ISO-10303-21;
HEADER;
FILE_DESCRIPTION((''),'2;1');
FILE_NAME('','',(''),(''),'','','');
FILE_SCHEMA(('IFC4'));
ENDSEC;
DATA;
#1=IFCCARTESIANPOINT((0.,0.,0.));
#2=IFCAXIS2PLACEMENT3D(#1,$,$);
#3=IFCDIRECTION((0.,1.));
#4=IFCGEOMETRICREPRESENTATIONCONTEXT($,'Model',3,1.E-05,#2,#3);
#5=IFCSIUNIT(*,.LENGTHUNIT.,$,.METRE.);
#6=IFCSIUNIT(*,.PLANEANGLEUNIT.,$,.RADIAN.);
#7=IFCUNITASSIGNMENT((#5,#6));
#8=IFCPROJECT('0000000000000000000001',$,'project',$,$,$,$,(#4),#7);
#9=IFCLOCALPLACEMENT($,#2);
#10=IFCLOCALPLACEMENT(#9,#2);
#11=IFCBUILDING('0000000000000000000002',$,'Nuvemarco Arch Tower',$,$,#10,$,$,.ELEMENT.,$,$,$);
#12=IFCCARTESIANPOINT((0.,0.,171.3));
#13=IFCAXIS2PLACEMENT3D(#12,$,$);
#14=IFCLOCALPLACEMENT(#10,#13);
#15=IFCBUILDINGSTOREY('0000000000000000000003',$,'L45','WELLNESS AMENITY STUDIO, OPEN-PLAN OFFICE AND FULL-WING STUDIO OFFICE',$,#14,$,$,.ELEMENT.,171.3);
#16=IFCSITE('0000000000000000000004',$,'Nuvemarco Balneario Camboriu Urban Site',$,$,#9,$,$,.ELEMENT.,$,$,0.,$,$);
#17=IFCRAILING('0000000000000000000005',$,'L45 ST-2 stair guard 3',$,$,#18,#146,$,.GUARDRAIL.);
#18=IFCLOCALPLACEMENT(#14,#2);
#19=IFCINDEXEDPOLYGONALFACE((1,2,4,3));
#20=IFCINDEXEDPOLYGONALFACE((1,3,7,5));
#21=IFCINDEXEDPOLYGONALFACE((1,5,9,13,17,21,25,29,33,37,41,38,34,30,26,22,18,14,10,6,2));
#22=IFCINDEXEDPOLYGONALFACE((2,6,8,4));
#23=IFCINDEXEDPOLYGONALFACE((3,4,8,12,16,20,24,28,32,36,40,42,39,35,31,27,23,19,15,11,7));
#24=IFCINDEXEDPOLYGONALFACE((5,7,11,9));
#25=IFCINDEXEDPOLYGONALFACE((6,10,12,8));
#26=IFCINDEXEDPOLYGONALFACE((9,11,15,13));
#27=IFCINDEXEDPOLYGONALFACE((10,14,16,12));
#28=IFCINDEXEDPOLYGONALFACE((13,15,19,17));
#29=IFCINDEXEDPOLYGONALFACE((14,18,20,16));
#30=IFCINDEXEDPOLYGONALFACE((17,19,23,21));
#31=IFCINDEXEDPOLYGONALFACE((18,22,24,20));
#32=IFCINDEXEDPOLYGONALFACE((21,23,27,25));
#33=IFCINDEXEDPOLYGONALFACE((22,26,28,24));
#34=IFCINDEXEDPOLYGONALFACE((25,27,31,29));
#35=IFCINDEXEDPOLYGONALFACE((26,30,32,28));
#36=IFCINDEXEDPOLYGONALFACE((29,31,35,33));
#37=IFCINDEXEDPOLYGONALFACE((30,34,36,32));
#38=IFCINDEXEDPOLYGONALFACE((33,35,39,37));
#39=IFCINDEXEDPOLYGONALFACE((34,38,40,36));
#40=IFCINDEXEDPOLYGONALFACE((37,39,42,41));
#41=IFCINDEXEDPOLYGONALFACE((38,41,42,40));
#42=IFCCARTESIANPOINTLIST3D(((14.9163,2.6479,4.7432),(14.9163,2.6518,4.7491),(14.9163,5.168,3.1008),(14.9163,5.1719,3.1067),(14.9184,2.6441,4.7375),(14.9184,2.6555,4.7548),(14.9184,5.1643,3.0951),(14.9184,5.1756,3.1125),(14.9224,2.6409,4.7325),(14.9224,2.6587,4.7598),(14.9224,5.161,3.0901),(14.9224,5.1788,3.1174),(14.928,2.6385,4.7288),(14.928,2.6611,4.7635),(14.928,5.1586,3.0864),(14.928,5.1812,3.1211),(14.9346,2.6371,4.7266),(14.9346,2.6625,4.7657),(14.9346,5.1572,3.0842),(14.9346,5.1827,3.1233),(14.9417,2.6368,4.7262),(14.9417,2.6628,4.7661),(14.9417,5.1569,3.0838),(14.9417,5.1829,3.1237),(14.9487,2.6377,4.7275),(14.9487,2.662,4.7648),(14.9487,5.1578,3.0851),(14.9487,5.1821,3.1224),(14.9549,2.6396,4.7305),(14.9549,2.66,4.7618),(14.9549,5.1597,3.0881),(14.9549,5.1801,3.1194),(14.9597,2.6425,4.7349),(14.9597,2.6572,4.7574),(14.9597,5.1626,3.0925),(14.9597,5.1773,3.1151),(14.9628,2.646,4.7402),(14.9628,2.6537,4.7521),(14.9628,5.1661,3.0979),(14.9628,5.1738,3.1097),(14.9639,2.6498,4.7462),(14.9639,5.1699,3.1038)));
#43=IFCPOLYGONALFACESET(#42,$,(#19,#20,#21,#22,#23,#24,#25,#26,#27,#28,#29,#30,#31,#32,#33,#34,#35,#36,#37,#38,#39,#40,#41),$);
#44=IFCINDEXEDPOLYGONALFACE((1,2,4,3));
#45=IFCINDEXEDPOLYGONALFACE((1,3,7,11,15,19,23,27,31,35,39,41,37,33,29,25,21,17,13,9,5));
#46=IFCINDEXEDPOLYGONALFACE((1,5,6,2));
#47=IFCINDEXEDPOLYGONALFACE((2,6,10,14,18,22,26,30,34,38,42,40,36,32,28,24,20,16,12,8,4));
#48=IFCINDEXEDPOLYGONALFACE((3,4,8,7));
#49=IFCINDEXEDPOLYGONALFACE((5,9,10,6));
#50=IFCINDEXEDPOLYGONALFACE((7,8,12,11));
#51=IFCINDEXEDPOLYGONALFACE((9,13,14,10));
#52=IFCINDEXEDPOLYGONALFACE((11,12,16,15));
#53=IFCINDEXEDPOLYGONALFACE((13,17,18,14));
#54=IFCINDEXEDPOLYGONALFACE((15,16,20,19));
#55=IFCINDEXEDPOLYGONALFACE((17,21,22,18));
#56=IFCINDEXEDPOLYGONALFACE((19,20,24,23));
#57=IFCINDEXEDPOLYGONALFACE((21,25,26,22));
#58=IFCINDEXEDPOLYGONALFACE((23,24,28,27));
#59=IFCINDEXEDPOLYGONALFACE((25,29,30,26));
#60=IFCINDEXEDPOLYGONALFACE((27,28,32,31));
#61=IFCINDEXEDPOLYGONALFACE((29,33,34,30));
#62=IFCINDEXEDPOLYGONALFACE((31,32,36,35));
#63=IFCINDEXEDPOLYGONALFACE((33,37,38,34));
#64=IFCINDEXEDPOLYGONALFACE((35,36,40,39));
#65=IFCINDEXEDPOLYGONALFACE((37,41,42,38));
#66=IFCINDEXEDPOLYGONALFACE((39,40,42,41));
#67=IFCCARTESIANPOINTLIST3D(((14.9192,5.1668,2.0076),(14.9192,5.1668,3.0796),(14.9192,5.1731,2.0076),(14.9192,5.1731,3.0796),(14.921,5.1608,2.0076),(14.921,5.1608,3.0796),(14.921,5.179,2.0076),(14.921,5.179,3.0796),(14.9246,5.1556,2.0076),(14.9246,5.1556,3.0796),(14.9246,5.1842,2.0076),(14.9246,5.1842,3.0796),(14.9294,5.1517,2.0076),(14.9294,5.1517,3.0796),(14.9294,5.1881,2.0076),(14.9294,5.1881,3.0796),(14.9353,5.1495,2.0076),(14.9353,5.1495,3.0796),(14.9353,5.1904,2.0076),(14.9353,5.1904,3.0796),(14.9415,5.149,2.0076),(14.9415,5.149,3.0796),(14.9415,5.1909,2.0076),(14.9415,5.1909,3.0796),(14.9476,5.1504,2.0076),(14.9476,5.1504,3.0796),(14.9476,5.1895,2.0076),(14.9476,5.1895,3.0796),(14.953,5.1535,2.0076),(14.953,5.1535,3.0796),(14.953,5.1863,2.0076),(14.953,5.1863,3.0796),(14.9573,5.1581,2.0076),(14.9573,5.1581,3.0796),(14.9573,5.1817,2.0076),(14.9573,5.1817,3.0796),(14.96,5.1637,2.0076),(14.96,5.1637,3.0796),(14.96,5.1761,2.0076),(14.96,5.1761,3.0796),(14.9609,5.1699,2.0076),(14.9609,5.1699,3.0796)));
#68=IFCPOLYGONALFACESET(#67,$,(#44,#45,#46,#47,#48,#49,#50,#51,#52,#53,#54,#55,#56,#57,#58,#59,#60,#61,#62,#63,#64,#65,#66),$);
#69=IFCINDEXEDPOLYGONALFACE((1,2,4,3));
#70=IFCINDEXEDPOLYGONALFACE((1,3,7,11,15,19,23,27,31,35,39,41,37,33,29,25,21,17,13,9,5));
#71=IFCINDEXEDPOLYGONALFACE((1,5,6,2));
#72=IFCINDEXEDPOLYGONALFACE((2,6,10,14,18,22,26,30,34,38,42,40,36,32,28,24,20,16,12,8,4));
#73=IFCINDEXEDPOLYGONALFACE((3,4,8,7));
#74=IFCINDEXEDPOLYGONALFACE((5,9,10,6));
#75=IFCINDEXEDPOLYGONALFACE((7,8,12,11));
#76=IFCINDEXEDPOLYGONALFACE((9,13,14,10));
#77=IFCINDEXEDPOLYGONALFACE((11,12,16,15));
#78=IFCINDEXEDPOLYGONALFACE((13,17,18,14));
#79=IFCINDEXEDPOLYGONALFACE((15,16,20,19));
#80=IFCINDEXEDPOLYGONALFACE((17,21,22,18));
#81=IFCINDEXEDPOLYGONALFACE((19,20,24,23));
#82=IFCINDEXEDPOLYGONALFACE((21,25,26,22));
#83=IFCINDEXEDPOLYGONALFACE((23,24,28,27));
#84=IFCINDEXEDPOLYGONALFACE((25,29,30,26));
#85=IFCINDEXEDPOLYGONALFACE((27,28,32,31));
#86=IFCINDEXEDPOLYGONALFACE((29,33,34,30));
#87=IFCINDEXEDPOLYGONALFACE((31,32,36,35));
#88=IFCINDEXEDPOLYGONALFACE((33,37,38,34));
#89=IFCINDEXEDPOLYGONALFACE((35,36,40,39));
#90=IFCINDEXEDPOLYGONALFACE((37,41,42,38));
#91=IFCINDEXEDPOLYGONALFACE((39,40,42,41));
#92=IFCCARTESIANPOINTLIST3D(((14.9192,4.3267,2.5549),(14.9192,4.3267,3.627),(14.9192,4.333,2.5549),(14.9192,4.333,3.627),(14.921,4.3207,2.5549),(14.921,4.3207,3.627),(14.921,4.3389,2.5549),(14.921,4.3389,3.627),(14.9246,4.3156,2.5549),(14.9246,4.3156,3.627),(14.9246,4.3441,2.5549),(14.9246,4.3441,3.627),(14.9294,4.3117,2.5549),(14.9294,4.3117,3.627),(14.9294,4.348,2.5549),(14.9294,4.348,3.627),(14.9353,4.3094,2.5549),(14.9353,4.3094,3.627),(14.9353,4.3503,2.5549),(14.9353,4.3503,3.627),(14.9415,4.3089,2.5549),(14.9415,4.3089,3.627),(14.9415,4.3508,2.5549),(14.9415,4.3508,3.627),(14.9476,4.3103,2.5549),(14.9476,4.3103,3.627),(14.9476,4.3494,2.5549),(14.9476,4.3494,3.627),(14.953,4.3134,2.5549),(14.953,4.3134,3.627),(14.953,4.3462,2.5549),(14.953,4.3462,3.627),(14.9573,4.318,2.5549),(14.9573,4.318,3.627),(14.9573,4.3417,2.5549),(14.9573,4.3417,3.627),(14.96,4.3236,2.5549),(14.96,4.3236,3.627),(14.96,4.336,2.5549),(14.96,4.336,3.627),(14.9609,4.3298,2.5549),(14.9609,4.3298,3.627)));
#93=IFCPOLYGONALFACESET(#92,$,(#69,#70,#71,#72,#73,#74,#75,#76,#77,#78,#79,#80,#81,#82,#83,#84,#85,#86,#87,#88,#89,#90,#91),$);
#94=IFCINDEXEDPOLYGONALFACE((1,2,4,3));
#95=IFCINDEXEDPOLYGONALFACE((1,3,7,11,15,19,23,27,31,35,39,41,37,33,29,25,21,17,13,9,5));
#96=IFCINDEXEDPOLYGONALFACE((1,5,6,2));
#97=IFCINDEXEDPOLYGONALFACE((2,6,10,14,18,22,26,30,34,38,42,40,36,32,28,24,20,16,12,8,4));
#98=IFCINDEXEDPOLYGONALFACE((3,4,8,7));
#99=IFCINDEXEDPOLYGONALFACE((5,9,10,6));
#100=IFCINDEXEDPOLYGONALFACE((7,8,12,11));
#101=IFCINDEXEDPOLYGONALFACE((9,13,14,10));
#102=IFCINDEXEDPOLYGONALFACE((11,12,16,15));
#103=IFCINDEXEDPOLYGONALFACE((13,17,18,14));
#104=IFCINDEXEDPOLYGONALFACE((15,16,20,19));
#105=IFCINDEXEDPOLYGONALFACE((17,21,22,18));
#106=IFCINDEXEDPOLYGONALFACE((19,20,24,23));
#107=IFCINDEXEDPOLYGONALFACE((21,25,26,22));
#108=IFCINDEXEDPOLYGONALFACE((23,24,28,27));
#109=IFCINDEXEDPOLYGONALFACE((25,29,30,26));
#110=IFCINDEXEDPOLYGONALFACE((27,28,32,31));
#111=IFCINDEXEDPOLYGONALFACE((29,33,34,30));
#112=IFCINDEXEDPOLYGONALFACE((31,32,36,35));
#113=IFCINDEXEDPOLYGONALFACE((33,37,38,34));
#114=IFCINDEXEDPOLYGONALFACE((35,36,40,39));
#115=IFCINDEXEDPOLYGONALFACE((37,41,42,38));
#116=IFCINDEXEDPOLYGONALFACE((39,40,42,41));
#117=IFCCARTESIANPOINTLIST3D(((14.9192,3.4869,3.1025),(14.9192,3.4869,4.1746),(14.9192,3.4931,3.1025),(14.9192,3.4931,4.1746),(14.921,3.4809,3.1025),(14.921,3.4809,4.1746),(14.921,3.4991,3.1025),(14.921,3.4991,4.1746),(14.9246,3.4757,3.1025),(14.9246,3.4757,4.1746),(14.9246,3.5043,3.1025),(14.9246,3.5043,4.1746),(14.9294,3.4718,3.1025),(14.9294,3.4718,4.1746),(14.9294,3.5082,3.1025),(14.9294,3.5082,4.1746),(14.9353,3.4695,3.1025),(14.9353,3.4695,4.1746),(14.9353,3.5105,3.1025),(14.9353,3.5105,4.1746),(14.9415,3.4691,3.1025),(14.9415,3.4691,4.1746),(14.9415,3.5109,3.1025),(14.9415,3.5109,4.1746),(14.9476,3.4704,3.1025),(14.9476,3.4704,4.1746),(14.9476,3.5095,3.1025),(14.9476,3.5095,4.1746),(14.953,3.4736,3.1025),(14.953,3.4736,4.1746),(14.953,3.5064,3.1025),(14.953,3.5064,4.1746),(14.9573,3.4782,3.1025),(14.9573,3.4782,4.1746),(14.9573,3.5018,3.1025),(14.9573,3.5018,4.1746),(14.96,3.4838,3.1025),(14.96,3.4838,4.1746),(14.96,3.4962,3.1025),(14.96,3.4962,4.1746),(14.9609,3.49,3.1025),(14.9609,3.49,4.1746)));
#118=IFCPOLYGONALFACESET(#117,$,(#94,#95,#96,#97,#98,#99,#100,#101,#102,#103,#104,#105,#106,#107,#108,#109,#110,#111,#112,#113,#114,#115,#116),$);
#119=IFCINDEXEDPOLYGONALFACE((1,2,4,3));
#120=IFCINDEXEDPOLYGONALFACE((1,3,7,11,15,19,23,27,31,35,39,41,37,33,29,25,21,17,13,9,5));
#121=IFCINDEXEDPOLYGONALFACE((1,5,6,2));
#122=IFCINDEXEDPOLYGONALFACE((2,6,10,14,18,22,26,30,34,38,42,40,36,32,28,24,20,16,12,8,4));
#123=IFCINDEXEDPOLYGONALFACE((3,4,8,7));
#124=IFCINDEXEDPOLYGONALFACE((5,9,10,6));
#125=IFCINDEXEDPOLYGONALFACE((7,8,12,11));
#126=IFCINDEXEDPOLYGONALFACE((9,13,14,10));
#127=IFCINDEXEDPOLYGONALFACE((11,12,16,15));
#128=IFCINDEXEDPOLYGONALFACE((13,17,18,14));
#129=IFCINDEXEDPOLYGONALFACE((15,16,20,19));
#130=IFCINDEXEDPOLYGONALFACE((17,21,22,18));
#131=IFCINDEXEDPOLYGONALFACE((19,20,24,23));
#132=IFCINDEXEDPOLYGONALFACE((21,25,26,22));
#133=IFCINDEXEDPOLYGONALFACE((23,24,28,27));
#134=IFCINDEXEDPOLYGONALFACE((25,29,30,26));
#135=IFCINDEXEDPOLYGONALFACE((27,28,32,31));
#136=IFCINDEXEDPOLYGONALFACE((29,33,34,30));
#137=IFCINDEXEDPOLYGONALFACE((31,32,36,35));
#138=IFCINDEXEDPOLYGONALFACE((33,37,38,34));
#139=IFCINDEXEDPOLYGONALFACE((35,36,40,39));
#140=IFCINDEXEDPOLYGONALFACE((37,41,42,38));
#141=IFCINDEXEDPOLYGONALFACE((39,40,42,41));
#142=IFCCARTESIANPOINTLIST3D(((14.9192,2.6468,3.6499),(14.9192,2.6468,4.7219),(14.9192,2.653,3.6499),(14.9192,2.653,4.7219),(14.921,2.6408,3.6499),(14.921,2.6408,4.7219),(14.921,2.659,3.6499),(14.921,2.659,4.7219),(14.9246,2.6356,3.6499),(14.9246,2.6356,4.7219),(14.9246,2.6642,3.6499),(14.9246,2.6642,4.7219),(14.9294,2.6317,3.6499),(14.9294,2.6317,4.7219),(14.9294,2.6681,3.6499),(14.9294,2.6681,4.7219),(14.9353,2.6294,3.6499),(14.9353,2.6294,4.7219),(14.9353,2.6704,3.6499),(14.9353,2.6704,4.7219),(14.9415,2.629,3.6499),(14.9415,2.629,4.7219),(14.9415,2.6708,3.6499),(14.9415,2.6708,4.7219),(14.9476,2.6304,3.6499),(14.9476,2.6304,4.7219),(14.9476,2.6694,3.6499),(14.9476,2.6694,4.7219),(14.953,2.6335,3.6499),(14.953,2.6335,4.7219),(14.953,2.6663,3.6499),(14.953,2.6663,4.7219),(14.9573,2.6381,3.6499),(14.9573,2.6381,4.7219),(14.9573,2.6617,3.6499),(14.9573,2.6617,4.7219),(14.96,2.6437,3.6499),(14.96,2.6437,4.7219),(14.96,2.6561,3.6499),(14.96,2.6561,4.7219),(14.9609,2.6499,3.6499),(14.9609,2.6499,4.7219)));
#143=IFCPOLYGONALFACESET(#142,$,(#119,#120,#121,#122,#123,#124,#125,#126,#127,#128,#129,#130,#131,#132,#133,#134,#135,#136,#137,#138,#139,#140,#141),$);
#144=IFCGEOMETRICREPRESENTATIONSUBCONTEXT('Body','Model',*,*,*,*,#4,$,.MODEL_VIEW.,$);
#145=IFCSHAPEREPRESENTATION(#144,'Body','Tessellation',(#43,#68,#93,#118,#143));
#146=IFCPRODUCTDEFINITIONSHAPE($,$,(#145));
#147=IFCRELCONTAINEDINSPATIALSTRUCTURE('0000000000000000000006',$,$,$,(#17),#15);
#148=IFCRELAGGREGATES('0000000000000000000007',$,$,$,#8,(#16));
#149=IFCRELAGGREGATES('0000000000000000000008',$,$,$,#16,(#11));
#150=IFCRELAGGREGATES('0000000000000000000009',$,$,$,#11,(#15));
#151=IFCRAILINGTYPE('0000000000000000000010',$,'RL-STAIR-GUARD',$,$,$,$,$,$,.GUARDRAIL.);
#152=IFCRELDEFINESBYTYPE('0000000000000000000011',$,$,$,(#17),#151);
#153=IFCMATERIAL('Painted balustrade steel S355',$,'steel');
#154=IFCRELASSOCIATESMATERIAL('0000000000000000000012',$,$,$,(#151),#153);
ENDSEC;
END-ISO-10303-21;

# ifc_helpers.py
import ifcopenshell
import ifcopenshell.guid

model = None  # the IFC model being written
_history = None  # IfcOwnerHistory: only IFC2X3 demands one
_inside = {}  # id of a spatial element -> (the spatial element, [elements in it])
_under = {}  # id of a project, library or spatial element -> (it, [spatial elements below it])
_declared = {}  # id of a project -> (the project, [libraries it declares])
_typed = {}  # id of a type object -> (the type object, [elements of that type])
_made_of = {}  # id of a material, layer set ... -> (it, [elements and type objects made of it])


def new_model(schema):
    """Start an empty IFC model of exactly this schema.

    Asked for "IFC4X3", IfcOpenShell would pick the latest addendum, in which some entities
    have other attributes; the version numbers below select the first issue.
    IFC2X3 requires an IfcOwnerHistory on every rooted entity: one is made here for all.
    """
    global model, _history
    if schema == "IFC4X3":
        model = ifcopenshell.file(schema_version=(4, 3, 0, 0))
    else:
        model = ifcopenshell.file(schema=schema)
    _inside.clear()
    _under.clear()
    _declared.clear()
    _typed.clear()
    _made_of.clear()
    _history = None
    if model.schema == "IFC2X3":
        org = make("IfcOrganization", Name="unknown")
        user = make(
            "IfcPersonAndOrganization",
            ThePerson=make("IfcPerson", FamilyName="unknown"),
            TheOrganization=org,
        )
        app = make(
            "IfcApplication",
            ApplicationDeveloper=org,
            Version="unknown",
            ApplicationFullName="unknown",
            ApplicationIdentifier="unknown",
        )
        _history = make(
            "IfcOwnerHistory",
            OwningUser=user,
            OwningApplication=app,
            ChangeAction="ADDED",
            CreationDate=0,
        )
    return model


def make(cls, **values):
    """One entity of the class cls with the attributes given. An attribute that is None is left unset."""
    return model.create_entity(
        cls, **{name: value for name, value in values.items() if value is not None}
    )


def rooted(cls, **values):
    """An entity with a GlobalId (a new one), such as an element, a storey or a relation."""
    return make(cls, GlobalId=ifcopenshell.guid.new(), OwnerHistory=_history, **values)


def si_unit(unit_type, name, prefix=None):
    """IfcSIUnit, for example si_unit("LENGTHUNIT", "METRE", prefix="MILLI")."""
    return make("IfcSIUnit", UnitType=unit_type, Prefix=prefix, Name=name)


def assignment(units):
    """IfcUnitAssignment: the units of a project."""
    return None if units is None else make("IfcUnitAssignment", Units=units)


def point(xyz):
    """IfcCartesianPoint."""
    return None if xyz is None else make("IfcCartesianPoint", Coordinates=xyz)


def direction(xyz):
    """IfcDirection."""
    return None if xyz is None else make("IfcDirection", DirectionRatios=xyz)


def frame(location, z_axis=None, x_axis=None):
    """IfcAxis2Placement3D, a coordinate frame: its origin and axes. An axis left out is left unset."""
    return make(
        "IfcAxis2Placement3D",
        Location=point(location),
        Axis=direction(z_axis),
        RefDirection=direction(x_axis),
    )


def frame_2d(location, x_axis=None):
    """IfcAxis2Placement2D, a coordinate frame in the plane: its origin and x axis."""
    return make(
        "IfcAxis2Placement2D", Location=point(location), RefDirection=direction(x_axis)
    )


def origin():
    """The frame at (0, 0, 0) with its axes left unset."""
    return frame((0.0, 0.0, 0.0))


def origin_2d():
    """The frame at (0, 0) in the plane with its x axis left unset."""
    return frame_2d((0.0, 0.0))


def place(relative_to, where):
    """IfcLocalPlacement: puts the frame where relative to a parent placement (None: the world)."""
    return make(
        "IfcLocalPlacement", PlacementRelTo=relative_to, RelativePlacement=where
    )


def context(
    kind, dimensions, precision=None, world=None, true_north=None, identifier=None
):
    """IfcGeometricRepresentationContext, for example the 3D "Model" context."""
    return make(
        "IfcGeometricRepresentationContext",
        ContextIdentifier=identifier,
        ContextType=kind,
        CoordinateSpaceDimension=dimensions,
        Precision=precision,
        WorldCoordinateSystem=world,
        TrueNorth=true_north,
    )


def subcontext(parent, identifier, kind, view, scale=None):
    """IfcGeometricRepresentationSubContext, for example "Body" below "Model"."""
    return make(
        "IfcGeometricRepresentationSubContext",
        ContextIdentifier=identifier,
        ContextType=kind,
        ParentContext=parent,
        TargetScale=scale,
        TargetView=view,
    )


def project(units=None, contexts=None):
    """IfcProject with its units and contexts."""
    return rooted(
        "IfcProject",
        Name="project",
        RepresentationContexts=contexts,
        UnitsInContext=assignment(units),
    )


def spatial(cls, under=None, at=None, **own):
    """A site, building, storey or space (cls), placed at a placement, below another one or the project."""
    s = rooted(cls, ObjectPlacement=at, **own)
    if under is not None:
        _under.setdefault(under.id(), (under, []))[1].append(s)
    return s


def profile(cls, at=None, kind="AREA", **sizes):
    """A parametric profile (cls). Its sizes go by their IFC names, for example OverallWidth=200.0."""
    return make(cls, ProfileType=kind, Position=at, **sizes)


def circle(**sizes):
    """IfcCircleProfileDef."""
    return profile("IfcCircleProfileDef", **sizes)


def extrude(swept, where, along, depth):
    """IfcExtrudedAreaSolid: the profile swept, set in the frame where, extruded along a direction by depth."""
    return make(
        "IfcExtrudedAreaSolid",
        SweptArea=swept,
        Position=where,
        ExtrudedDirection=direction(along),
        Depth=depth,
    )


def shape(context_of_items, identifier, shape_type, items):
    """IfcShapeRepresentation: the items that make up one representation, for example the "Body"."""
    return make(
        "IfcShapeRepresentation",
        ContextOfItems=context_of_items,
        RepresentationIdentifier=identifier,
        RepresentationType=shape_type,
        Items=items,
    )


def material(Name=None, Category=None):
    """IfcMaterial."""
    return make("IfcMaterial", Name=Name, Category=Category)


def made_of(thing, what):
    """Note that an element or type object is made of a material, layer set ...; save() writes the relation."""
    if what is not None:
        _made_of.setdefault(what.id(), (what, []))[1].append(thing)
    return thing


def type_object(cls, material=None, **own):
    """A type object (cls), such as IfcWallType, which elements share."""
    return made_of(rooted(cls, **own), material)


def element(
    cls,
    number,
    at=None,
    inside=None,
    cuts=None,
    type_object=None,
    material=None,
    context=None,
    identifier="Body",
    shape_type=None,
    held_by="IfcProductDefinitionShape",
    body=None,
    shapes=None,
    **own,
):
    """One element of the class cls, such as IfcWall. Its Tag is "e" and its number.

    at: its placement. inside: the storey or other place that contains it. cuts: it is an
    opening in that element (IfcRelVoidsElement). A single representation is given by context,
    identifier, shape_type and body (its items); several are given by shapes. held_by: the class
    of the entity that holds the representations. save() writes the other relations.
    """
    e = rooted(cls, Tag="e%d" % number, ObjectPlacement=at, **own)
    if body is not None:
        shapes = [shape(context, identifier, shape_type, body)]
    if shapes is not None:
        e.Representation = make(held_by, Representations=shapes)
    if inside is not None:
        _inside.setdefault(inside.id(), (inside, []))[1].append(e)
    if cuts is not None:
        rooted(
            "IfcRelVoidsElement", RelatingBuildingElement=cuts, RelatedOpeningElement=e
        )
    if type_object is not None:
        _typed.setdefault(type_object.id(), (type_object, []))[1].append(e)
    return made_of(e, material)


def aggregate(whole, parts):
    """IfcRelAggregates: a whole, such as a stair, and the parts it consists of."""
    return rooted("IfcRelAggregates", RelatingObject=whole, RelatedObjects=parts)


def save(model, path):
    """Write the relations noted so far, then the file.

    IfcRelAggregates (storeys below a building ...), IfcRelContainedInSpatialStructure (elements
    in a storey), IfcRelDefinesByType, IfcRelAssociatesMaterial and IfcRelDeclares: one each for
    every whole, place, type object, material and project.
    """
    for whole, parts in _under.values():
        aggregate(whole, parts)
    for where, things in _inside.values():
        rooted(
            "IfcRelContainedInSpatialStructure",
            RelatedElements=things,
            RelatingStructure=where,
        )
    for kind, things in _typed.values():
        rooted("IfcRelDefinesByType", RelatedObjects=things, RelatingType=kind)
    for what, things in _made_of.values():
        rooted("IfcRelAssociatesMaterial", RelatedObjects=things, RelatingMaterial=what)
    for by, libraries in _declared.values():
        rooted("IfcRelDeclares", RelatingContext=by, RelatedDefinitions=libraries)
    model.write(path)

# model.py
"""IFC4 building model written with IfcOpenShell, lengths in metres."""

from ifc_helpers import new_model, si_unit, direction, frame, origin, origin_2d, place, context, subcontext, project, spatial, circle, extrude, material, type_object, element, save


model = new_model("IFC4")

# Units and contexts
model_context = context("Model", 3, precision=1e-05, world=origin(), true_north=direction((0.0, 1.0)))
body_context = subcontext(model_context, "Body", "Model", "MODEL_VIEW")
ifc_project = project(units=[si_unit("LENGTHUNIT", "METRE"), si_unit("PLANEANGLEUNIT", "RADIAN")], contexts=[model_context])

# Site, building, storey
site_placement = place(None, origin())
site = spatial("IfcSite", under=ifc_project, at=site_placement, Name="Nuvemarco Balneario Camboriu Urban Site", CompositionType="ELEMENT", RefElevation=0.0)
building_placement = place(site_placement, origin())
building = spatial("IfcBuilding", under=site, at=building_placement, Name="Nuvemarco Arch Tower", CompositionType="ELEMENT")
storey_placement = place(building_placement, frame((0.0, 0.0, 171.3)))
storey = spatial("IfcBuildingStorey", under=building, at=storey_placement, Name="L45", Description="WELLNESS AMENITY STUDIO, OPEN-PLAN OFFICE AND FULL-WING STUDIO OFFICE", CompositionType="ELEMENT", Elevation=171.3)

# Railing
ifc_material_1 = material(Name="Painted balustrade steel S355", Category="steel")
railing_type_1 = type_object("IfcRailingType", Name="RL-STAIR-GUARD", PredefinedType="GUARDRAIL", material=ifc_material_1)
railing_1_placement = place(storey_placement, frame((14.9399, 5.1699, 2.0076)))
element("IfcRailing", 1, at=railing_1_placement, inside=storey, type_object=railing_type_1, Name="L45 ST-2 stair guard 3", PredefinedType="GUARDRAIL", context=body_context, shape_type="SweptSolid", body=[
    extrude(circle(Radius=0.0239, at=origin_2d()), frame((0.0, 0.0, 1.0962), z_axis=(0.0, -0.837787, 0.545998), x_axis=(1.0, 0.0, 0.0)), (0.0, 0.0, 1.0), 3.0081),
    extrude(circle(Radius=0.021, at=origin_2d()), origin(), (0.0, 0.0, 1.0), 1.072),
    extrude(circle(Radius=0.021, at=origin_2d()), frame((0.0, -0.8401, 0.5474)), (0.0, 0.0, 1.0), 1.072),
    extrude(circle(Radius=0.021, at=origin_2d()), frame((0.0, -1.6799, 1.095)), (0.0, 0.0, 1.0), 1.072),
    extrude(circle(Radius=0.021, at=origin_2d()), frame((0.0, -2.52, 1.6423)), (0.0, 0.0, 1.0), 1.072),
])

save(model, "model.ifc")
